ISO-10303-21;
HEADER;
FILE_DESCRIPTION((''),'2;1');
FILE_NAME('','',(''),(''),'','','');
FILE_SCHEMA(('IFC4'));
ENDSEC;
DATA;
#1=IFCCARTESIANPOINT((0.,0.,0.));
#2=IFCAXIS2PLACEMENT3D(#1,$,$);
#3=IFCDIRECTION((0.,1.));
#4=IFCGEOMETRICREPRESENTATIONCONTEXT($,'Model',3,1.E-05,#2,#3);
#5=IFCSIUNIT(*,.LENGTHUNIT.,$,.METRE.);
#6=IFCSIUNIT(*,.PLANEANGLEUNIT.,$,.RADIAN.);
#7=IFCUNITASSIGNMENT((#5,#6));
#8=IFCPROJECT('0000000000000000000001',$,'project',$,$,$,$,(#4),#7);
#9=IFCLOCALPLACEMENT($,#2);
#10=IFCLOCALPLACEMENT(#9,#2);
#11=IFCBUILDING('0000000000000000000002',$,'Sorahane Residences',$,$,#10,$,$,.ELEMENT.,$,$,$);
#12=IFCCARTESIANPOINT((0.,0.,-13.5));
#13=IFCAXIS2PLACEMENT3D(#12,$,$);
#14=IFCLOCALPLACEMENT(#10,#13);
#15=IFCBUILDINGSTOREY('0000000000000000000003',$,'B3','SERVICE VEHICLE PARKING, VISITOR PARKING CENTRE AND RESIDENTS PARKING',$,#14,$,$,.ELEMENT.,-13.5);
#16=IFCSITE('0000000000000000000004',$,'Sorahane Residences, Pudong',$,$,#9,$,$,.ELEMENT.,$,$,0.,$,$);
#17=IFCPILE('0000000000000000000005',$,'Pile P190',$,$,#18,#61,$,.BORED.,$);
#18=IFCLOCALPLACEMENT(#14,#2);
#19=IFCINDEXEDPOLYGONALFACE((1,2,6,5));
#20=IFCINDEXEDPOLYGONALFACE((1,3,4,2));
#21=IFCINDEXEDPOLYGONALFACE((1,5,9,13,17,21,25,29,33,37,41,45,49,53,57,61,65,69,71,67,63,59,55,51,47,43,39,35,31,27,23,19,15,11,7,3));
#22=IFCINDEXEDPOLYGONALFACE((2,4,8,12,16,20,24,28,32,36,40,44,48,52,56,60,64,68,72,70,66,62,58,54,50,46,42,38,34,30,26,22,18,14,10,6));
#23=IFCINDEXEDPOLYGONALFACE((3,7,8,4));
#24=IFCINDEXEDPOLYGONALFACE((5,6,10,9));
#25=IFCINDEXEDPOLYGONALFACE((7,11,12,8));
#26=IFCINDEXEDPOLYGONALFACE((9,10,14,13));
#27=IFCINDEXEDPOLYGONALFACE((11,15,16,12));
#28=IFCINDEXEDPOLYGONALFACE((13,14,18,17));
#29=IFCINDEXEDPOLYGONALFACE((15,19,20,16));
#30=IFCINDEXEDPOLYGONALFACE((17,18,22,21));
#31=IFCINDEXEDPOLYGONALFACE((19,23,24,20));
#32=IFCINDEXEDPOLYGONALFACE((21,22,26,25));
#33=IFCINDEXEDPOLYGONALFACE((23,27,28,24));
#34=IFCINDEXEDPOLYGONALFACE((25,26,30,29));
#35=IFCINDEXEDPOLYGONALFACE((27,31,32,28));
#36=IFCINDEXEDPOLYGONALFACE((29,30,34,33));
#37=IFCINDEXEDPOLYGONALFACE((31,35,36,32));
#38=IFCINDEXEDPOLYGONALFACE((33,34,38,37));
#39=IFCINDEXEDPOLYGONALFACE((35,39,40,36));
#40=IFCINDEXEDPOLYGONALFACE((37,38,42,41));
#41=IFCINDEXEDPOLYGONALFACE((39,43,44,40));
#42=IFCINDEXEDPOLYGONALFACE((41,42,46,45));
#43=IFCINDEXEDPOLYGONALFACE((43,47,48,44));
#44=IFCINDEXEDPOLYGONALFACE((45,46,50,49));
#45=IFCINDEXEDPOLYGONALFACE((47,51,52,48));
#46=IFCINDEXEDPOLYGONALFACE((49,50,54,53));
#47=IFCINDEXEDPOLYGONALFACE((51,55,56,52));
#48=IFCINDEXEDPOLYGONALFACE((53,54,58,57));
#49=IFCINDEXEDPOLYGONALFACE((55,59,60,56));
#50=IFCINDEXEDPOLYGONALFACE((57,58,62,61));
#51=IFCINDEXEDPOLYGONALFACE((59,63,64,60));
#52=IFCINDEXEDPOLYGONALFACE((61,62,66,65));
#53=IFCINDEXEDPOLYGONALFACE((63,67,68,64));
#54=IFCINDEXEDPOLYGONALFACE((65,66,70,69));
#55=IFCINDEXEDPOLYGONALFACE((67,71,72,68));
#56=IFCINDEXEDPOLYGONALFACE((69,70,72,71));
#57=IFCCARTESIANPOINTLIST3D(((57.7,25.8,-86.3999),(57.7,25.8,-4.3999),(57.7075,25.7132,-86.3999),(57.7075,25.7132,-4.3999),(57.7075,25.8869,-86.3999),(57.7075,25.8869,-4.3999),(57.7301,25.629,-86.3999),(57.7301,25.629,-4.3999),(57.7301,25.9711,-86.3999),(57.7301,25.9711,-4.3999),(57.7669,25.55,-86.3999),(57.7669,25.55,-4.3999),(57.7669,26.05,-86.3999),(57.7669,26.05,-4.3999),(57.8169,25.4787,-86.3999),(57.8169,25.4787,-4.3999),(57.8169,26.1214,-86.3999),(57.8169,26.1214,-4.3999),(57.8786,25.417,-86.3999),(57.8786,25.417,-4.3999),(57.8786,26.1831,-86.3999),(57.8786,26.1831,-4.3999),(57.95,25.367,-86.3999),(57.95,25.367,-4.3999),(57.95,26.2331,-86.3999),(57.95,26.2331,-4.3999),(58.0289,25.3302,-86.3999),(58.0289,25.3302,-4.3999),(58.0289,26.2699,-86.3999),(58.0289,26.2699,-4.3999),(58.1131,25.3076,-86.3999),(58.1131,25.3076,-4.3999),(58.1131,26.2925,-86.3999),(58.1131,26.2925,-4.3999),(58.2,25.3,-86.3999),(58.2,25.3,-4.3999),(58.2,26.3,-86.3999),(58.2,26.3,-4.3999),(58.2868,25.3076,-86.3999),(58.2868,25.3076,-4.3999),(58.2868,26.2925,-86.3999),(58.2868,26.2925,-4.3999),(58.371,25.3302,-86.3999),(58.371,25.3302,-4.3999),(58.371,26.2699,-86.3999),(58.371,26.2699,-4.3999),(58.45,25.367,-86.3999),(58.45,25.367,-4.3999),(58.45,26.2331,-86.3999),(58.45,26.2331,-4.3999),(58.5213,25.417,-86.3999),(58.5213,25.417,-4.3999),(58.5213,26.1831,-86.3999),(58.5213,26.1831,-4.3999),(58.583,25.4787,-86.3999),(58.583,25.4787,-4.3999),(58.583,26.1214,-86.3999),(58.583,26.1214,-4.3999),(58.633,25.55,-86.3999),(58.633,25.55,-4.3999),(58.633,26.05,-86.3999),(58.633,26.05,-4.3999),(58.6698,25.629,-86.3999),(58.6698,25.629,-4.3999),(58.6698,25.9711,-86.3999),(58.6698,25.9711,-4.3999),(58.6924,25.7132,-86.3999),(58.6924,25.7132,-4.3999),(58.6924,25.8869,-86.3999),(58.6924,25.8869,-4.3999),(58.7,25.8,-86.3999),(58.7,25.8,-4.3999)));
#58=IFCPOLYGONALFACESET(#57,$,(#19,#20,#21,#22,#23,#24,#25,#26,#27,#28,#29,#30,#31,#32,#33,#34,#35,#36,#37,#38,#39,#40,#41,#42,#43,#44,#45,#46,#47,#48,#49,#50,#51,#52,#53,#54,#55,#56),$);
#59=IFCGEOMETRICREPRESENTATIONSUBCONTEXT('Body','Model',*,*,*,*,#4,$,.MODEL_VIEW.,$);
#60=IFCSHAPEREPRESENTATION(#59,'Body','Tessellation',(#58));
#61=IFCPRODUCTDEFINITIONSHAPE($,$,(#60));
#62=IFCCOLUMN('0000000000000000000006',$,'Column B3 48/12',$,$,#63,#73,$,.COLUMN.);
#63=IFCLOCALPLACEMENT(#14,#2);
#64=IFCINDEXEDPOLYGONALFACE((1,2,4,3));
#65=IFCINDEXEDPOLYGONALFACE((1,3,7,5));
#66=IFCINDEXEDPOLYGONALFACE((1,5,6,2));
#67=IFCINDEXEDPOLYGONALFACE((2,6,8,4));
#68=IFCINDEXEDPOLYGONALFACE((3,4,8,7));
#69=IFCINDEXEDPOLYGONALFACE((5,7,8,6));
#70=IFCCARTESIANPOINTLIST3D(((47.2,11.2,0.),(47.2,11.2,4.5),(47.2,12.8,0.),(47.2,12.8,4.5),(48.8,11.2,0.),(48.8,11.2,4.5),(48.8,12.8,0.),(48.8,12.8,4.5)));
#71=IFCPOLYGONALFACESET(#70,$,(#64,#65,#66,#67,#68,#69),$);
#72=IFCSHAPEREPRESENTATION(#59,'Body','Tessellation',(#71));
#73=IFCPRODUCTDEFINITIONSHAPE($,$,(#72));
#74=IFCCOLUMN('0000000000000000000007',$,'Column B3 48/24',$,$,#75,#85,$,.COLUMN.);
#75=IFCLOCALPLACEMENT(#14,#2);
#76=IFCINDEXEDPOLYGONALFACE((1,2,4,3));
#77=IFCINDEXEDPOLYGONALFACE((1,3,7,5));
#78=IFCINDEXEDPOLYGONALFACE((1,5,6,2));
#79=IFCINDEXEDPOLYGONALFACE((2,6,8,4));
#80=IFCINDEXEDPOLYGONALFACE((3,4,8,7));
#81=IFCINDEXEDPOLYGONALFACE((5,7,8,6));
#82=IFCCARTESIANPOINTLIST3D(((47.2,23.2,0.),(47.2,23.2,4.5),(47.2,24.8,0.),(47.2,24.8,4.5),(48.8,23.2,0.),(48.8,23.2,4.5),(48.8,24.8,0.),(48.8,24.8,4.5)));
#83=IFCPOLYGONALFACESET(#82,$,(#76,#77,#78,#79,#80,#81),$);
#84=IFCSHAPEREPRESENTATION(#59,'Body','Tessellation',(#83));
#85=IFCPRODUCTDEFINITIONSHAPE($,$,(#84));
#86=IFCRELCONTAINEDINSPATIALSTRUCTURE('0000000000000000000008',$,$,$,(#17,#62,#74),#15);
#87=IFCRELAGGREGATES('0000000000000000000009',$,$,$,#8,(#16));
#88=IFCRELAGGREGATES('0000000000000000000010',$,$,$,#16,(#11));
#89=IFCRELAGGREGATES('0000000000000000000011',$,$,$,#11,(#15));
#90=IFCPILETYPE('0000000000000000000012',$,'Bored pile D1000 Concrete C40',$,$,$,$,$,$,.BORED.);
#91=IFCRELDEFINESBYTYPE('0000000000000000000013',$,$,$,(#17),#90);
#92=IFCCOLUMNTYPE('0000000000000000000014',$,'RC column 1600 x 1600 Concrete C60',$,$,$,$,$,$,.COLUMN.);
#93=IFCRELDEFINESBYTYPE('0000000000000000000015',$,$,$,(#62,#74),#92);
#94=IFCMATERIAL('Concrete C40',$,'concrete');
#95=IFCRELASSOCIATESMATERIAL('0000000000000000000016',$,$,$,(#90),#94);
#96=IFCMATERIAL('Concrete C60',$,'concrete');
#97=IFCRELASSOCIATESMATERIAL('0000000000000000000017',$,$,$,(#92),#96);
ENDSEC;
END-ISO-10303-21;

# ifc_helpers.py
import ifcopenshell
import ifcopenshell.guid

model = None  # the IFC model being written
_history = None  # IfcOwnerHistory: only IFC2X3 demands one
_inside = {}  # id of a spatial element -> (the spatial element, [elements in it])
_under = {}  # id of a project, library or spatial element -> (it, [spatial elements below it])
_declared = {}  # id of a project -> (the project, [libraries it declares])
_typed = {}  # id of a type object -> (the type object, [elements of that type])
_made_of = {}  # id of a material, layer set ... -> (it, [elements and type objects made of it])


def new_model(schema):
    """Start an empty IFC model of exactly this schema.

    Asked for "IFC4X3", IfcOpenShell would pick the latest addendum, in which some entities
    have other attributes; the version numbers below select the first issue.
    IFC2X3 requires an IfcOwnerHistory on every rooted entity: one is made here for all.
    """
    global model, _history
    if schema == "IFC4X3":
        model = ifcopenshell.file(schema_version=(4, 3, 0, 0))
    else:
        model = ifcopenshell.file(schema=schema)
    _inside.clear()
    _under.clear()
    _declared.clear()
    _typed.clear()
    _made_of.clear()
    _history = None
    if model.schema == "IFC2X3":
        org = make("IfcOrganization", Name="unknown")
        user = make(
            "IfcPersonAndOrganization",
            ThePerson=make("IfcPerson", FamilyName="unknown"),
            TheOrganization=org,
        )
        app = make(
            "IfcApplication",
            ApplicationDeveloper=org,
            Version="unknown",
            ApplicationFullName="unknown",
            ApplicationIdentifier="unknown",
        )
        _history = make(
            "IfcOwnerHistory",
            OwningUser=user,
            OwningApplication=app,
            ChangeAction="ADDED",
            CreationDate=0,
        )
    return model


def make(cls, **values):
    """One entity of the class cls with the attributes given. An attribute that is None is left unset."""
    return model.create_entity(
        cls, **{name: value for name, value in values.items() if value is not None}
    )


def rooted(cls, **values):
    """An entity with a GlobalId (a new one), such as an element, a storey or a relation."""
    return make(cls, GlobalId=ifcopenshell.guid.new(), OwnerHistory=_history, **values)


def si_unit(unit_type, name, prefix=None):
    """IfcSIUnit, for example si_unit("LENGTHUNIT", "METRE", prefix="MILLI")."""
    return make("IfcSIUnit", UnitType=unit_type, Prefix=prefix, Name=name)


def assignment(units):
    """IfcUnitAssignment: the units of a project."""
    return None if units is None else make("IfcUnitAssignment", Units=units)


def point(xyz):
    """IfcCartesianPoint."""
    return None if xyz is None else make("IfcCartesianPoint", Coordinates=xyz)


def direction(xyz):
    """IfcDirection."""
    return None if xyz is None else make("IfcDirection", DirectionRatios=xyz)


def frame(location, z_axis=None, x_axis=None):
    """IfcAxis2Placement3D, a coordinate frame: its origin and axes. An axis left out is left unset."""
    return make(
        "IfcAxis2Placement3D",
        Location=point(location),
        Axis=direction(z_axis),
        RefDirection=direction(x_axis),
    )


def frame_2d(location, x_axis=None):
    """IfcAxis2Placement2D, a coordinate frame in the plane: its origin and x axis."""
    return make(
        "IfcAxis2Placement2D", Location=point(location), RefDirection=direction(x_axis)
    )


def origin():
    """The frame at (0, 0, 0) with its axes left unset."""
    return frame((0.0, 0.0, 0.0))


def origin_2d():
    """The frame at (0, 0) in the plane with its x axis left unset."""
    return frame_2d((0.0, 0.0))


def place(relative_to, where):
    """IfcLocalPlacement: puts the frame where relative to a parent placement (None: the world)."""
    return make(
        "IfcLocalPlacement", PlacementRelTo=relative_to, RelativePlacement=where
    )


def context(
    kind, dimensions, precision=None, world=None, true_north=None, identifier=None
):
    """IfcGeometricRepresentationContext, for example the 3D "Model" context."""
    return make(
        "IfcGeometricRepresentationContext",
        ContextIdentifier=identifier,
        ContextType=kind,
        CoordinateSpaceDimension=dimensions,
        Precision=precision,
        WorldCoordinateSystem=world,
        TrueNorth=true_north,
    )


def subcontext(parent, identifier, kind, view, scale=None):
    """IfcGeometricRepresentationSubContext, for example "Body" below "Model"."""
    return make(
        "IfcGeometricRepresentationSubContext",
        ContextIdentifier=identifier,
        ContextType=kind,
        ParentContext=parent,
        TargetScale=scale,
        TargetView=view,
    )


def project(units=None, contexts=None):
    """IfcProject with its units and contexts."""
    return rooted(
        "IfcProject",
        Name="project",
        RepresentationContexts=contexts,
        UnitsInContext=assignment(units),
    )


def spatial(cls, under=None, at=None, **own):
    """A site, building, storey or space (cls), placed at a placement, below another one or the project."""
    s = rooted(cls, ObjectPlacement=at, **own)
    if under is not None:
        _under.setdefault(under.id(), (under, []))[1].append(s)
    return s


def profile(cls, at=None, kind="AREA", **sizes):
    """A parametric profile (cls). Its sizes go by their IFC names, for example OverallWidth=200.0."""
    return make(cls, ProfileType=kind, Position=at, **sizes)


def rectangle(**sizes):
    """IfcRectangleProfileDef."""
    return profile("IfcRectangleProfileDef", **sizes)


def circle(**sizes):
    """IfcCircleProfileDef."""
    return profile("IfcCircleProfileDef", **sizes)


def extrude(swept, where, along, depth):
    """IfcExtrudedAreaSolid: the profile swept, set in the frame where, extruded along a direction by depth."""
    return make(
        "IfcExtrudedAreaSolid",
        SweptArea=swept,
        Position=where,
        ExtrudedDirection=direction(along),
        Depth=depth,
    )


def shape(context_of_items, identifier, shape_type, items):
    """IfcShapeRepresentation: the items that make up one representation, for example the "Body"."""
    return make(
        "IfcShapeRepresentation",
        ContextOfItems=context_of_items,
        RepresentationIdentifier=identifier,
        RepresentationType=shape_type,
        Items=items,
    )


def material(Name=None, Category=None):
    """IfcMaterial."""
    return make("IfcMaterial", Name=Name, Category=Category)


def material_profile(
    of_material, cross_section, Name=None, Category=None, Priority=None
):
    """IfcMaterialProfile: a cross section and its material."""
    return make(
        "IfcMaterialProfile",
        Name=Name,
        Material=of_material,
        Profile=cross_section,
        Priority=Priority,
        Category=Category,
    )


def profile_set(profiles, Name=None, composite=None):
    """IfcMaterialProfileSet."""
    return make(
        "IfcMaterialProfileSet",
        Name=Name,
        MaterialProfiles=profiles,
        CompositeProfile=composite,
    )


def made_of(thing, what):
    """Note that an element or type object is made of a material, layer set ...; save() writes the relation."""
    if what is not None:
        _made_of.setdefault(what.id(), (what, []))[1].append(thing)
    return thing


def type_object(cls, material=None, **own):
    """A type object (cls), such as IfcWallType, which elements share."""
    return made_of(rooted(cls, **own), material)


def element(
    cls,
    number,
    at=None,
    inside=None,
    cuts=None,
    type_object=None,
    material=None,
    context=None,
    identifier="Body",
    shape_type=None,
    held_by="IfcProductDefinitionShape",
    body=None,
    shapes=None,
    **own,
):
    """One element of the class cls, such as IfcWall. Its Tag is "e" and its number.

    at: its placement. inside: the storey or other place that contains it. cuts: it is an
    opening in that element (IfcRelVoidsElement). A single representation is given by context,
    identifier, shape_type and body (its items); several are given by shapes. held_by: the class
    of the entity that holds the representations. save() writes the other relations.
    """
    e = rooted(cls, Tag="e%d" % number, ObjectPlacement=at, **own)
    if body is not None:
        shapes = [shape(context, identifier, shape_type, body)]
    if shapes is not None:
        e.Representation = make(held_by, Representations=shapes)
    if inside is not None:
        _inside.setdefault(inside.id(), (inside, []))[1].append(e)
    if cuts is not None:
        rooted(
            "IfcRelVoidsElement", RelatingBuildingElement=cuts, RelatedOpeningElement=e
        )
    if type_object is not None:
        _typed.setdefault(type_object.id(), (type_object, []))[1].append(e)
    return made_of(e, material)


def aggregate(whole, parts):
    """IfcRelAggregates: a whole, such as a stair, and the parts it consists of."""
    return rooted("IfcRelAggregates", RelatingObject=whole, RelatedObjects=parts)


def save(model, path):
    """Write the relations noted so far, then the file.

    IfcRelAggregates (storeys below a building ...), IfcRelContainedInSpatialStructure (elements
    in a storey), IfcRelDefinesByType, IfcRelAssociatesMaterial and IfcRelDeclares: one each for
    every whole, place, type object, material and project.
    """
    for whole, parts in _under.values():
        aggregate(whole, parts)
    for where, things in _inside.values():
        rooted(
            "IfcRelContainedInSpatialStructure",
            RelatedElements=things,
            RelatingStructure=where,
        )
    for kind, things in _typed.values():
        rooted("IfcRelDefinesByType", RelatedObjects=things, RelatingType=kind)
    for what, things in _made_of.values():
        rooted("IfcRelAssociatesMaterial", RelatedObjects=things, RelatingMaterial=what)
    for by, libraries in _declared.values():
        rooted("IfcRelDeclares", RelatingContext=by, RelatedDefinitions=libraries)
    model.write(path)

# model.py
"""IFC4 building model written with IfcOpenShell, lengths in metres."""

from ifc_helpers import new_model, si_unit, direction, frame, origin, origin_2d, place, context, subcontext, project, spatial, rectangle, circle, extrude, material, material_profile, profile_set, type_object, element, save


model = new_model("IFC4")

# Units and contexts
model_context = context("Model", 3, precision=1e-05, world=origin(), true_north=direction((0.0, 1.0)))
body_context = subcontext(model_context, "Body", "Model", "MODEL_VIEW")
ifc_project = project(units=[si_unit("LENGTHUNIT", "METRE"), si_unit("PLANEANGLEUNIT", "RADIAN")], contexts=[model_context])

# Site, building, storey
site_placement = place(None, origin())
site = spatial("IfcSite", under=ifc_project, at=site_placement, Name="Sorahane Residences, Pudong", CompositionType="ELEMENT", RefElevation=0.0)
building_placement = place(site_placement, origin())
building = spatial("IfcBuilding", under=site, at=building_placement, Name="Sorahane Residences", CompositionType="ELEMENT")
storey_placement = place(building_placement, frame((0.0, 0.0, -13.5)))
storey = spatial("IfcBuildingStorey", under=building, at=storey_placement, Name="B3", Description="SERVICE VEHICLE PARKING, VISITOR PARKING CENTRE AND RESIDENTS PARKING", CompositionType="ELEMENT", Elevation=-13.5)

# Pile
ifc_material_1 = material(Name="Concrete C40", Category="concrete")
ifc_material_profile_1 = material_profile(ifc_material_1, circle(Radius=0.5, at=origin_2d()), Name="D1000")
ifc_profile_set_1 = profile_set([ifc_material_profile_1], Name="Concrete C40")
pile_type = type_object("IfcPileType", Name="Bored pile D1000 Concrete C40", PredefinedType="BORED", material=ifc_profile_set_1)
for number, where, z_axis, x_axis, name in (
    (1, (58.2, 25.8, -4.3999), (0.0, 0.0, -1.0), (1.0, 0.0, 0.0), "Pile P190"),
):
    element("IfcPile", number, at=place(storey_placement, frame(where, z_axis=z_axis, x_axis=x_axis)), inside=storey, type_object=pile_type, Name=name, PredefinedType="BORED", context=body_context, shape_type="SweptSolid", body=[
        extrude(circle(Radius=0.5, at=origin_2d()), origin(), (0.0, 0.0, 1.0), 82.0),
    ])

# Columns
ifc_material_2 = material(Name="Concrete C60", Category="concrete")
ifc_material_profile_2 = material_profile(ifc_material_2, rectangle(XDim=1.6001, YDim=1.6001, at=origin_2d()), Name="1600x1600")
ifc_profile_set_2 = profile_set([ifc_material_profile_2], Name="Concrete C60")
column_type = type_object("IfcColumnType", Name="RC column 1600 x 1600 Concrete C60", PredefinedType="COLUMN", material=ifc_profile_set_2)
for number, where, z_axis, x_axis, name in (
    (2, (48.0, 12.0, 0.0), (0.0, 0.0, 1.0), (1.0, 0.0, 0.0), "Column B3 48/12"),
    (3, (48.0, 24.0, 0.0), (0.0, 0.0, 1.0), (1.0, 0.0, 0.0), "Column B3 48/24"),
):
    element("IfcColumn", number, at=place(storey_placement, frame(where, z_axis=z_axis, x_axis=x_axis)), inside=storey, type_object=column_type, Name=name, PredefinedType="COLUMN", context=body_context, shape_type="SweptSolid", body=[
        extrude(rectangle(XDim=1.6001, YDim=1.6001, at=origin_2d()), origin(), (0.0, 0.0, 1.0), 4.5),
    ])

save(model, "model.ifc")
